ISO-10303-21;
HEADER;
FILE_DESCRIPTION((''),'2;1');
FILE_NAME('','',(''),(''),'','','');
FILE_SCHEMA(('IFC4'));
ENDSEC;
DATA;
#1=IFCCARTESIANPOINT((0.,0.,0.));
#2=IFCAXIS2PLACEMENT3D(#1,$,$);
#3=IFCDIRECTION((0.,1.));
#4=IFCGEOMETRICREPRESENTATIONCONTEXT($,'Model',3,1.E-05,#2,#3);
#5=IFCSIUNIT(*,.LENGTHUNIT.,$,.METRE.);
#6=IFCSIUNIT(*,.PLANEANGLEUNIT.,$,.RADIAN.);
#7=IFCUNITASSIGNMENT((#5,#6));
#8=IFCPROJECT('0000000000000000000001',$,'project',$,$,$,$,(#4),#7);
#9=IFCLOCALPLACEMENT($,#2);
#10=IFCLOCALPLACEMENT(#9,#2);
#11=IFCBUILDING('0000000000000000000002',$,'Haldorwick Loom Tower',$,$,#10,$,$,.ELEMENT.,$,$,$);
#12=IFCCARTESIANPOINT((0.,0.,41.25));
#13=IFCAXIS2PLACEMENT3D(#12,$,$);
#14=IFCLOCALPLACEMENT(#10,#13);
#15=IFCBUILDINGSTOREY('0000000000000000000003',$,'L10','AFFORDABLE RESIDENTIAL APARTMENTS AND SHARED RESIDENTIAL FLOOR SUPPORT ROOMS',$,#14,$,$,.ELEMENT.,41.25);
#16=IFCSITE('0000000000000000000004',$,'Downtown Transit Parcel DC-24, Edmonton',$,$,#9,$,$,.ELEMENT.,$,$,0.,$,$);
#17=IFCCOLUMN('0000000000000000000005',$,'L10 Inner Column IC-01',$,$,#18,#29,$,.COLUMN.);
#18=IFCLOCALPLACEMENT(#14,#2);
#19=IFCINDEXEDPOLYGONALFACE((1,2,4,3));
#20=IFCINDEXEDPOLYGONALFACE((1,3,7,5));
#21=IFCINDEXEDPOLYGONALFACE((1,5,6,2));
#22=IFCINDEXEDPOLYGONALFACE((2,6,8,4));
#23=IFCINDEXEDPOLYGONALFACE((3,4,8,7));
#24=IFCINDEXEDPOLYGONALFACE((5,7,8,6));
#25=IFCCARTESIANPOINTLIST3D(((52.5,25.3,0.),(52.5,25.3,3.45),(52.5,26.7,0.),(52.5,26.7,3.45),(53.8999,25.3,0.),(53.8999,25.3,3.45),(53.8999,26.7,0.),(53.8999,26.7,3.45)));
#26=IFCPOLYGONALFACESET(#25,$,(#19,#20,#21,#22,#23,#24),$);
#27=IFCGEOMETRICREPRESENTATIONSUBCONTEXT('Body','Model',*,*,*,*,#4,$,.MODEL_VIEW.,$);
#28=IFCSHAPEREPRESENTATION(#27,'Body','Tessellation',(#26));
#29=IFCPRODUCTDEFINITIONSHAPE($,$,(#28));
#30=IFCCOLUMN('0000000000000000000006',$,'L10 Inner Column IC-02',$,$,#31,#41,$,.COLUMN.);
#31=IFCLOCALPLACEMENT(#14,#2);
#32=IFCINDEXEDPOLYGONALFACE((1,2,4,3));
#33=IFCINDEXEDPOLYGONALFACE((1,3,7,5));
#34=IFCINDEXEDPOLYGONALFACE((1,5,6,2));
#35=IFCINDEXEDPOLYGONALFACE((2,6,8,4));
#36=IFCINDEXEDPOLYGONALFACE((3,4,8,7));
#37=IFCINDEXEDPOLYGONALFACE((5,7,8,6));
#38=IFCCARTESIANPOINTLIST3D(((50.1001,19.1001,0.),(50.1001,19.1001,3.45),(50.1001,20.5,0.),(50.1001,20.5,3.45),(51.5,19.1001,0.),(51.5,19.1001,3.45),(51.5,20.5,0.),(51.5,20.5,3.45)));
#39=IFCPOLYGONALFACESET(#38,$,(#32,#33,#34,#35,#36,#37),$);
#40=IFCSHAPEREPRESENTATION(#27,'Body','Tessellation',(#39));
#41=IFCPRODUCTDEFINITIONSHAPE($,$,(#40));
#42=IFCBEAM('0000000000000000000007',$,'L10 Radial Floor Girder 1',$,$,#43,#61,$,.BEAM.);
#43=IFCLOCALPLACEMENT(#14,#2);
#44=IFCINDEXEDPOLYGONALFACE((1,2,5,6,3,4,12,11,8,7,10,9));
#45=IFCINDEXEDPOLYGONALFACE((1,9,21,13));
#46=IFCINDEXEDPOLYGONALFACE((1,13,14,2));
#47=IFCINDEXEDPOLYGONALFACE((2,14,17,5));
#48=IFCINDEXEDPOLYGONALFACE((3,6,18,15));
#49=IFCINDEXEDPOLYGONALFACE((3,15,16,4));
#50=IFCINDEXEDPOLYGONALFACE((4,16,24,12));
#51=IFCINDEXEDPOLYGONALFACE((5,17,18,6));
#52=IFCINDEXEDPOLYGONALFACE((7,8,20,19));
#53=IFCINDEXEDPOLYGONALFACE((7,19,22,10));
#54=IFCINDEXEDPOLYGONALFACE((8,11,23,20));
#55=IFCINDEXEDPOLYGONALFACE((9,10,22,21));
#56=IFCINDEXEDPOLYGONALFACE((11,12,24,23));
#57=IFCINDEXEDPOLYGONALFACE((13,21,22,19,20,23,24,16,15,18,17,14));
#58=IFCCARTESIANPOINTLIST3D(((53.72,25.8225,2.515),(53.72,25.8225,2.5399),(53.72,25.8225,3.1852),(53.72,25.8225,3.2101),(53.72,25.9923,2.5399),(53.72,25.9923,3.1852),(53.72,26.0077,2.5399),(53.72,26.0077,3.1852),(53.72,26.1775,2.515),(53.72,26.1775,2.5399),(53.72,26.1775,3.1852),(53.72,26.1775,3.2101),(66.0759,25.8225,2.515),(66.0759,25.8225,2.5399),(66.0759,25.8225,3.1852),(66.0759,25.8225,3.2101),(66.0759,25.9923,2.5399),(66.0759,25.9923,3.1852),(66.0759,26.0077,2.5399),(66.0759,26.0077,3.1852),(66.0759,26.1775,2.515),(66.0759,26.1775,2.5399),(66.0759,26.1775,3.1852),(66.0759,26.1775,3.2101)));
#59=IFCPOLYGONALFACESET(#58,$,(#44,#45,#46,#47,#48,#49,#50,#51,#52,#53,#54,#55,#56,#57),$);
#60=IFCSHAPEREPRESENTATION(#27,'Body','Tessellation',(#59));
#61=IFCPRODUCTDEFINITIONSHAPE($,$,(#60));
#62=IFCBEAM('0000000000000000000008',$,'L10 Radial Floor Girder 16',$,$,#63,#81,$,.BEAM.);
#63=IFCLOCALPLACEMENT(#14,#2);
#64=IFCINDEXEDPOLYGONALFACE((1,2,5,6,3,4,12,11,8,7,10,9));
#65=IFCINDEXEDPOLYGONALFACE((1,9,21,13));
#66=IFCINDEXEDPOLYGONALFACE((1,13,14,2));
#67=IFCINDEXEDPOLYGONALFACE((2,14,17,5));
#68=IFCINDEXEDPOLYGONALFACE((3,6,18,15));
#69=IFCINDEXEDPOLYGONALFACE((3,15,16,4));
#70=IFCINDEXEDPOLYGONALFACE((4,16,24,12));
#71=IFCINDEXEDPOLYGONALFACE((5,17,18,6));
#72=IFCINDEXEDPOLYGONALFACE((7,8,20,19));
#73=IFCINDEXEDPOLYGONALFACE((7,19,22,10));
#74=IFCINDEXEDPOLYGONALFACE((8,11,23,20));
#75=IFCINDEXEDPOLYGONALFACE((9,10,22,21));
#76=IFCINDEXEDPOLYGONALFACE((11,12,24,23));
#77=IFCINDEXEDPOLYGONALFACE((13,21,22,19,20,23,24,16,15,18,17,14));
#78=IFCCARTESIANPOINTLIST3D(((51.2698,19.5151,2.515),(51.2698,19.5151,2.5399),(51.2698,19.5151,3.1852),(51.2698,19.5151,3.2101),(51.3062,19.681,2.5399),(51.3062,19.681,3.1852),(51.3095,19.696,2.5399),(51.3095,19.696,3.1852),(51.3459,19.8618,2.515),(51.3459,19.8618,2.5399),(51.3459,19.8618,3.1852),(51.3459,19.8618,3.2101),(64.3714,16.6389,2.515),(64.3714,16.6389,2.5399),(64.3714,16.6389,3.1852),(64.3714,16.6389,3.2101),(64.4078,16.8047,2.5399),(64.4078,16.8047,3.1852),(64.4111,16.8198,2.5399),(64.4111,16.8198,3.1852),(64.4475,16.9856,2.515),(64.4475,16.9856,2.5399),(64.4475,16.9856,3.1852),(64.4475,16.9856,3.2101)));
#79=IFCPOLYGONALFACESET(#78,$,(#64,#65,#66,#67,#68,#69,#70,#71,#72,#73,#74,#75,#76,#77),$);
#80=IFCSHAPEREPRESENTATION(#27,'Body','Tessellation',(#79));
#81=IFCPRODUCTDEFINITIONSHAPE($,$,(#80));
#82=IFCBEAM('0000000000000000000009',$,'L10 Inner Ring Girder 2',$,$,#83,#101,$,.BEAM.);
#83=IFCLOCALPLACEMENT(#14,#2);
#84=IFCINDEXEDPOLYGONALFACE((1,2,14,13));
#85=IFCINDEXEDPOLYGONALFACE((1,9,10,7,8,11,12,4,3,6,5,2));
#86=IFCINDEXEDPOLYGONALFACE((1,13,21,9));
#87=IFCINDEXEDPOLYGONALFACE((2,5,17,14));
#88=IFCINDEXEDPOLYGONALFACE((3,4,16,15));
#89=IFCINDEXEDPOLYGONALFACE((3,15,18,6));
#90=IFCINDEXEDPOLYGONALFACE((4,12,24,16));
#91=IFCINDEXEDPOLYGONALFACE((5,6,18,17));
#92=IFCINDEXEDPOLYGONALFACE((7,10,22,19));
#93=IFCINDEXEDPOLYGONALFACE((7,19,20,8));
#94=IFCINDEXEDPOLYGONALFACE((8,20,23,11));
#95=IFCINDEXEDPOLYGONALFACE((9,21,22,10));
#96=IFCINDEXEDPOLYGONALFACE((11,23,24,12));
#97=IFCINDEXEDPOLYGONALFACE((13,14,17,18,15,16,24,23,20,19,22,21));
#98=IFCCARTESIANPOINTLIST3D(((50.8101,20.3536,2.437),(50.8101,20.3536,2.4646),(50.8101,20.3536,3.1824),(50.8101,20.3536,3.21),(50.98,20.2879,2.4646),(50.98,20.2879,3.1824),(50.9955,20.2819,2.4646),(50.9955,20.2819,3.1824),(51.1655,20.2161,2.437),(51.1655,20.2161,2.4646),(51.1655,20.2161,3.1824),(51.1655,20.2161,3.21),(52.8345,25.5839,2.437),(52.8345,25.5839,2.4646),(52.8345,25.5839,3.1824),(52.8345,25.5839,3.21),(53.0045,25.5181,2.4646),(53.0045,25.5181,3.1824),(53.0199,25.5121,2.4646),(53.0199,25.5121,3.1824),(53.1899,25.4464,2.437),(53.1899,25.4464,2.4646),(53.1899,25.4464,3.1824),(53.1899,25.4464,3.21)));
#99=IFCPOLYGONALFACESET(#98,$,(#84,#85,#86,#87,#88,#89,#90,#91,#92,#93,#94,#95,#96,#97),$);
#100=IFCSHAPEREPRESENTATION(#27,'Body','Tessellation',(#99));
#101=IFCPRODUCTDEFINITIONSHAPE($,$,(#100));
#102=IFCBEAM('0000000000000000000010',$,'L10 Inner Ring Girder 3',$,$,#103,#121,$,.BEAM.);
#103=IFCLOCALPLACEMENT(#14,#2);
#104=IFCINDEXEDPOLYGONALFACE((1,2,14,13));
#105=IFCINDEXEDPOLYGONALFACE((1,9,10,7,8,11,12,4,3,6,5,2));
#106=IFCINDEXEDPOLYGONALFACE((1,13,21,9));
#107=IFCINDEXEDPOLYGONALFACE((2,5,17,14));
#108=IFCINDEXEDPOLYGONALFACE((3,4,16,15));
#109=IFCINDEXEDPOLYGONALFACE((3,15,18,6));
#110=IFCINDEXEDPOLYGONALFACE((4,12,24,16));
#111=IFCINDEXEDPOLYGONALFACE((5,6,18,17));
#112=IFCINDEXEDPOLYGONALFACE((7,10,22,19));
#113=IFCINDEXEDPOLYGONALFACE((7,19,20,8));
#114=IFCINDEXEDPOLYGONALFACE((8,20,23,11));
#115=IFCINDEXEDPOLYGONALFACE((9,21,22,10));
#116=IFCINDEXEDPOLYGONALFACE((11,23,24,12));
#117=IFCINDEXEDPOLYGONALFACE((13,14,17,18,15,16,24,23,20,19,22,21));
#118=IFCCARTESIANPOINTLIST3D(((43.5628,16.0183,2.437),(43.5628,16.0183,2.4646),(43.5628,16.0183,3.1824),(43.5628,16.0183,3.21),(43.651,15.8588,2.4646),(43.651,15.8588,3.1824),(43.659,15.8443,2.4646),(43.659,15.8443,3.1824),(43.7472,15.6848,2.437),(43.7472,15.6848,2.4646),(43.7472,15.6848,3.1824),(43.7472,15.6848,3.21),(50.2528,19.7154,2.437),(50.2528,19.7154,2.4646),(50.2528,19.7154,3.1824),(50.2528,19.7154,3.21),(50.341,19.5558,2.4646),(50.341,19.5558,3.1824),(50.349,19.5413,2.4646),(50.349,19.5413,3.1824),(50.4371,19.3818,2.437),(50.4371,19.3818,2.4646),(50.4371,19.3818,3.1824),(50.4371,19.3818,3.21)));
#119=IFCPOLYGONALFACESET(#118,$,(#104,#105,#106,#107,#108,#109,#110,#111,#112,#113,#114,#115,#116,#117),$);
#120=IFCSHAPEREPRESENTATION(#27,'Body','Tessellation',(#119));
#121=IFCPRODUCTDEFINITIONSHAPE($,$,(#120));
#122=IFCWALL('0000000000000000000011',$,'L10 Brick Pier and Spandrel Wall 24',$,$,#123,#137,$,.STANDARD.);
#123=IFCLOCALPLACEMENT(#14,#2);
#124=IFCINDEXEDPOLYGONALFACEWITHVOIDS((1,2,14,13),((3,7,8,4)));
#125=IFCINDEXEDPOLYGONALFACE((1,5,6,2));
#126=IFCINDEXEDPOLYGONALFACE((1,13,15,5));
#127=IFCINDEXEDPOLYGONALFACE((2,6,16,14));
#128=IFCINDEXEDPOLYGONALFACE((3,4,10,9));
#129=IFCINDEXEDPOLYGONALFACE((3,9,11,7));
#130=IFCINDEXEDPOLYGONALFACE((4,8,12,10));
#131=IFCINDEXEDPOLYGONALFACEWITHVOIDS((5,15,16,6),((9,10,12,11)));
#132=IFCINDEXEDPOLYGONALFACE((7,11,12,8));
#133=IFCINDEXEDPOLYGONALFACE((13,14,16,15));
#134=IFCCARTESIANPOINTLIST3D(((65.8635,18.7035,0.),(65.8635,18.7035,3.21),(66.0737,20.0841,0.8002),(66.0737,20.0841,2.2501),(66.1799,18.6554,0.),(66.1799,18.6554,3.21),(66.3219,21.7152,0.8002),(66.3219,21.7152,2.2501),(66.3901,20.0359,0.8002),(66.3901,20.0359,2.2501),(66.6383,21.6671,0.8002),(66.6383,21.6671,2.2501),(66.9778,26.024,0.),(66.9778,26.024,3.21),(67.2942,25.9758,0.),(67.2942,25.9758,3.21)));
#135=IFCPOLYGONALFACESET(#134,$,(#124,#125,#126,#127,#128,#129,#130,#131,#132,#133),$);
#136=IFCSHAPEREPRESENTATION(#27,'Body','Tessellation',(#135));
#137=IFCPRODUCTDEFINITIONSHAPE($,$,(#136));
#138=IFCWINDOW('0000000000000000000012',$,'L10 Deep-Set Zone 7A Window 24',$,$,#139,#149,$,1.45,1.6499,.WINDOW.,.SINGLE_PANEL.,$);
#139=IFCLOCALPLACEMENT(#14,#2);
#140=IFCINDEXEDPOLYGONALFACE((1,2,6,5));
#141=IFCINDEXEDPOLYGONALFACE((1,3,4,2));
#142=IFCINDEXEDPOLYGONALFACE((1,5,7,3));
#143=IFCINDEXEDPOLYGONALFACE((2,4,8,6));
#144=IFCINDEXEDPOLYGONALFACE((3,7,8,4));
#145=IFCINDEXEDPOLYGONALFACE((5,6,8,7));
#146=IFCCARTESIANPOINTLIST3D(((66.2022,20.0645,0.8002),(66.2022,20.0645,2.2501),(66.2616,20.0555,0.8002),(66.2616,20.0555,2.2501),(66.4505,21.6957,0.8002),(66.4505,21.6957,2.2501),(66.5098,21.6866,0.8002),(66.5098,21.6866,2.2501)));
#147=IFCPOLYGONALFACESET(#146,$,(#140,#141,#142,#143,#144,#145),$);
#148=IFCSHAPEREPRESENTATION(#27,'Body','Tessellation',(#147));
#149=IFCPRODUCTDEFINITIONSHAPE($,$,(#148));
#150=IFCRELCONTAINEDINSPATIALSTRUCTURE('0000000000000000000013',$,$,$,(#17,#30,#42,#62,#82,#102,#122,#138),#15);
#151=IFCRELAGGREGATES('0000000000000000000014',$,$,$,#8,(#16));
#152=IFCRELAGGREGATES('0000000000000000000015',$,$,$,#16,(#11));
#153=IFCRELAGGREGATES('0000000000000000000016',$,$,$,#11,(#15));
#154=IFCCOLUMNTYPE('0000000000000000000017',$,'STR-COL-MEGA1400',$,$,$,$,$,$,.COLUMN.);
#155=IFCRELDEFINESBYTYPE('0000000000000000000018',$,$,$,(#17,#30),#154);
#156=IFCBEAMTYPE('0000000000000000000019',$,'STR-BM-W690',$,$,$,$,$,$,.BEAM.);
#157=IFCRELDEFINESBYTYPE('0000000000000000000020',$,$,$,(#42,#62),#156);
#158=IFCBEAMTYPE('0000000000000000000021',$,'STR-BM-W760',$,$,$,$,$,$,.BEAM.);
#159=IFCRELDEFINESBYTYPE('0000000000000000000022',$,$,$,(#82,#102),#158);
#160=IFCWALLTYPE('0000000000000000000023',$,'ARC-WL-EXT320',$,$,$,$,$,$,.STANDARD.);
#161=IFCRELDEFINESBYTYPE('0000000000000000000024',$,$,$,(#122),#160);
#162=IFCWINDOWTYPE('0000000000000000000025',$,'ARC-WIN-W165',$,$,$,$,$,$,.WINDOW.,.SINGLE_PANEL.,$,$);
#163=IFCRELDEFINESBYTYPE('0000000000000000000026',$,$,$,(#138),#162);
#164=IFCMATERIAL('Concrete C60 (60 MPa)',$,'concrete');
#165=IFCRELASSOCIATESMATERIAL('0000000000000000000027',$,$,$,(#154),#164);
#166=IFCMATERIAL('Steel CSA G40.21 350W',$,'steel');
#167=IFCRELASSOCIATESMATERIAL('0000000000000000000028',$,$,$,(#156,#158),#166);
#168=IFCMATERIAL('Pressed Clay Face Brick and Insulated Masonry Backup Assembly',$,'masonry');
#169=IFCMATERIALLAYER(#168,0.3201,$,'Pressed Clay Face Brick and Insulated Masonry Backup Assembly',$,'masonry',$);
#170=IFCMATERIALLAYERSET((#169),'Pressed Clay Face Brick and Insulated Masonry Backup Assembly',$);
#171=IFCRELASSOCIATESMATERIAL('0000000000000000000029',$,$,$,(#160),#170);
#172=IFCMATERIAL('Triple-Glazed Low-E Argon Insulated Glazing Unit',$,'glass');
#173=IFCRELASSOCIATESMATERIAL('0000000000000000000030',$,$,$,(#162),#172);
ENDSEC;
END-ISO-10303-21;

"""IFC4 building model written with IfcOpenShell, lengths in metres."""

from ifc_helpers import new_model, si_unit, direction, frame, frame_2d, origin, origin_2d, place, context, subcontext, project, spatial, rectangle, i_section, extrude, material, layer, layer_set, material_profile, profile_set, type_object, element, fill, save


model = new_model("IFC4")

# Units and contexts
model_context = context("Model", 3, precision=1e-05, world=origin(), true_north=direction((0.0, 1.0)))
body_context = subcontext(model_context, "Body", "Model", "MODEL_VIEW")
ifc_project = project(units=[si_unit("LENGTHUNIT", "METRE"), si_unit("PLANEANGLEUNIT", "RADIAN")], contexts=[model_context])

# Site, building, storey
site_placement = place(None, origin())
site = spatial("IfcSite", under=ifc_project, at=site_placement, Name="Downtown Transit Parcel DC-24, Edmonton", CompositionType="ELEMENT", RefElevation=0.0)
building_placement = place(site_placement, origin())
building = spatial("IfcBuilding", under=site, at=building_placement, Name="Haldorwick Loom Tower", CompositionType="ELEMENT")
storey_placement = place(building_placement, frame((0.0, 0.0, 41.25)))
storey = spatial("IfcBuildingStorey", under=building, at=storey_placement, Name="L10", Description="AFFORDABLE RESIDENTIAL APARTMENTS AND SHARED RESIDENTIAL FLOOR SUPPORT ROOMS", CompositionType="ELEMENT", Elevation=41.25)

# Columns
ifc_material_1 = material(Name="Concrete C60 (60 MPa)", Category="concrete")
ifc_material_profile_1 = material_profile(ifc_material_1, rectangle(XDim=1.3999, YDim=1.3999, at=origin_2d()), Name="RC1400X1400", Category="concrete")
ifc_profile_set_1 = profile_set([ifc_material_profile_1], Name="Concrete C60 (60 MPa)")
column_type = type_object("IfcColumnType", Name="STR-COL-MEGA1400", PredefinedType="COLUMN", material=ifc_profile_set_1)
for number, where, z_axis, x_axis, name in (
    (1, (53.2, 26.0, 0.0), (0.0, 0.0, 1.0), (1.0, 0.0, 0.0), "L10 Inner Column IC-01"),
    (2, (50.8, 19.8, 0.0), (0.0, 0.0, 1.0), (1.0, 0.0, 0.0), "L10 Inner Column IC-02"),
):
    element("IfcColumn", number, at=place(storey_placement, frame(where, z_axis=z_axis, x_axis=x_axis)), inside=storey, type_object=column_type, Name=name, PredefinedType="COLUMN", context=body_context, shape_type="SweptSolid", body=[
        extrude(rectangle(XDim=1.3999, YDim=1.3999, at=origin_2d()), origin(), (0.0, 0.0, 1.0), 3.45),
    ])

# Beams
ifc_material_2 = material(Name="Steel CSA G40.21 350W", Category="steel")
ifc_material_profile_2 = material_profile(ifc_material_2, i_section(OverallWidth=0.355, OverallDepth=0.6951, WebThickness=0.0154, FlangeThickness=0.0249, at=origin_2d()), Name="W690X217", Category="steel")
ifc_profile_set_2 = profile_set([ifc_material_profile_2], Name="Steel CSA G40.21 350W")
beam_type_1 = type_object("IfcBeamType", Name="STR-BM-W690", PredefinedType="BEAM", material=ifc_profile_set_2)
beam_1_placement = place(storey_placement, frame((53.72, 26.0, 2.8625), z_axis=(1.0, 0.0, 0.0), x_axis=(0.0, 1.0, 0.0)))
element("IfcBeam", 3, at=beam_1_placement, inside=storey, type_object=beam_type_1, Name="L10 Radial Floor Girder 1", PredefinedType="BEAM", context=body_context, shape_type="SweptSolid", body=[
    extrude(i_section(OverallWidth=0.355, OverallDepth=0.6951, WebThickness=0.0154, FlangeThickness=0.0249, at=origin_2d()), origin(), (0.0, 0.0, 1.0), 12.356),
])
beam_2_placement = place(storey_placement, frame((51.3079, 19.6885, 2.8625), z_axis=(0.97674, -0.214426, 0.0), x_axis=(0.214426, 0.97674, 0.0)))
element("IfcBeam", 4, at=beam_2_placement, inside=storey, type_object=beam_type_1, Name="L10 Radial Floor Girder 16", PredefinedType="BEAM", context=body_context, shape_type="SweptSolid", body=[
    extrude(i_section(OverallWidth=0.355, OverallDepth=0.6951, WebThickness=0.0154, FlangeThickness=0.0249, at=origin_2d()), origin(), (0.0, 0.0, 1.0), 13.4136),
])
ifc_material_profile_3 = material_profile(ifc_material_2, i_section(OverallWidth=0.3811, OverallDepth=0.7729, WebThickness=0.0166, FlangeThickness=0.0276, at=origin_2d()), Name="W760X257", Category="steel")
ifc_profile_set_3 = profile_set([ifc_material_profile_3], Name="Steel CSA G40.21 350W")
beam_type_2 = type_object("IfcBeamType", Name="STR-BM-W760", PredefinedType="BEAM", material=ifc_profile_set_3)
beam_3_placement = place(storey_placement, frame((53.0122, 25.5151, 2.8235), z_axis=(-0.360965, -0.932579, 0.0), x_axis=(0.932579, -0.360965, 0.0)))
element("IfcBeam", 5, at=beam_3_placement, inside=storey, type_object=beam_type_2, Name="L10 Inner Ring Girder 2", PredefinedType="BEAM", context=body_context, shape_type="SweptSolid", body=[
    extrude(i_section(OverallWidth=0.3811, OverallDepth=0.7729, WebThickness=0.0166, FlangeThickness=0.0276, at=origin_2d()), origin(), (0.0, 0.0, 1.0), 5.6084),
])
beam_4_placement = place(storey_placement, frame((50.345, 19.5486, 2.8235), z_axis=(-0.875244, -0.483681, 0.0), x_axis=(0.483681, -0.875244, 0.0)))
element("IfcBeam", 6, at=beam_4_placement, inside=storey, type_object=beam_type_2, Name="L10 Inner Ring Girder 3", PredefinedType="BEAM", context=body_context, shape_type="SweptSolid", body=[
    extrude(i_section(OverallWidth=0.3811, OverallDepth=0.7729, WebThickness=0.0166, FlangeThickness=0.0276, at=origin_2d()), origin(), (0.0, 0.0, 1.0), 7.6436),
])

# Wall, opening, window
ifc_material_3 = material(Name="Pressed Clay Face Brick and Insulated Masonry Backup Assembly", Category="masonry")
ifc_layer_1 = layer(ifc_material_3, 0.3201, Name="Pressed Clay Face Brick and Insulated Masonry Backup Assembly", Category="masonry")
ifc_layer_set_1 = layer_set([ifc_layer_1], Name="Pressed Clay Face Brick and Insulated Masonry Backup Assembly")
wall_type_1 = type_object("IfcWallType", Name="ARC-WL-EXT320", PredefinedType="STANDARD", material=ifc_layer_set_1)
wall_1_placement = place(storey_placement, frame((66.0217, 18.6794, 0.0), z_axis=(0.0, 0.0, 1.0), x_axis=(0.150476, 0.988614, 0.0)))
wall_1 = element("IfcWall", 7, at=wall_1_placement, inside=storey, type_object=wall_type_1, Name="L10 Brick Pier and Spandrel Wall 24", PredefinedType="STANDARD", context=body_context, shape_type="SweptSolid", body=[
    extrude(rectangle(XDim=7.4048, YDim=0.3201, at=frame_2d((3.7024, 0.0))), origin(), (0.0, 0.0, 1.0), 3.21),
])
opening_1_placement = place(wall_1_placement, frame((1.3965, 0.0, 0.8)))
opening_1 = element("IfcOpeningElement", 8, at=opening_1_placement, cuts=wall_1, PredefinedType="OPENING", context=body_context, shape_type="SweptSolid", body=[
    extrude(rectangle(XDim=1.6499, YDim=1.45, at=frame_2d((0.825, 0.7251))), frame((0.0, 0.1699, 0.0), z_axis=(0.0, -1.0, 0.0), x_axis=(1.0, 0.0, 0.0)), (0.0, 0.0, 1.0), 0.3401),
])
ifc_material_4 = material(Name="Triple-Glazed Low-E Argon Insulated Glazing Unit", Category="glass")
window_type = type_object("IfcWindowType", Name="ARC-WIN-W165", PartitioningType="SINGLE_PANEL", PredefinedType="WINDOW", material=ifc_material_4)
window_placement = place(opening_1_placement, origin())
window = element("IfcWindow", 9, at=window_placement, inside=storey, type_object=window_type, Name="L10 Deep-Set Zone 7A Window 24", OverallHeight=1.45, OverallWidth=1.6499, PartitioningType="SINGLE_PANEL", PredefinedType="WINDOW", context=body_context, shape_type="SweptSolid", body=[
    extrude(rectangle(XDim=1.6499, YDim=1.45, at=frame_2d((0.825, 0.7251))), frame((0.0, 0.03, 0.0), z_axis=(0.0, -1.0, 0.0), x_axis=(1.0, 0.0, 0.0)), (0.0, 0.0, 1.0), 0.0601),
])
fill(opening_1, window)

save(model, "model.ifc")
